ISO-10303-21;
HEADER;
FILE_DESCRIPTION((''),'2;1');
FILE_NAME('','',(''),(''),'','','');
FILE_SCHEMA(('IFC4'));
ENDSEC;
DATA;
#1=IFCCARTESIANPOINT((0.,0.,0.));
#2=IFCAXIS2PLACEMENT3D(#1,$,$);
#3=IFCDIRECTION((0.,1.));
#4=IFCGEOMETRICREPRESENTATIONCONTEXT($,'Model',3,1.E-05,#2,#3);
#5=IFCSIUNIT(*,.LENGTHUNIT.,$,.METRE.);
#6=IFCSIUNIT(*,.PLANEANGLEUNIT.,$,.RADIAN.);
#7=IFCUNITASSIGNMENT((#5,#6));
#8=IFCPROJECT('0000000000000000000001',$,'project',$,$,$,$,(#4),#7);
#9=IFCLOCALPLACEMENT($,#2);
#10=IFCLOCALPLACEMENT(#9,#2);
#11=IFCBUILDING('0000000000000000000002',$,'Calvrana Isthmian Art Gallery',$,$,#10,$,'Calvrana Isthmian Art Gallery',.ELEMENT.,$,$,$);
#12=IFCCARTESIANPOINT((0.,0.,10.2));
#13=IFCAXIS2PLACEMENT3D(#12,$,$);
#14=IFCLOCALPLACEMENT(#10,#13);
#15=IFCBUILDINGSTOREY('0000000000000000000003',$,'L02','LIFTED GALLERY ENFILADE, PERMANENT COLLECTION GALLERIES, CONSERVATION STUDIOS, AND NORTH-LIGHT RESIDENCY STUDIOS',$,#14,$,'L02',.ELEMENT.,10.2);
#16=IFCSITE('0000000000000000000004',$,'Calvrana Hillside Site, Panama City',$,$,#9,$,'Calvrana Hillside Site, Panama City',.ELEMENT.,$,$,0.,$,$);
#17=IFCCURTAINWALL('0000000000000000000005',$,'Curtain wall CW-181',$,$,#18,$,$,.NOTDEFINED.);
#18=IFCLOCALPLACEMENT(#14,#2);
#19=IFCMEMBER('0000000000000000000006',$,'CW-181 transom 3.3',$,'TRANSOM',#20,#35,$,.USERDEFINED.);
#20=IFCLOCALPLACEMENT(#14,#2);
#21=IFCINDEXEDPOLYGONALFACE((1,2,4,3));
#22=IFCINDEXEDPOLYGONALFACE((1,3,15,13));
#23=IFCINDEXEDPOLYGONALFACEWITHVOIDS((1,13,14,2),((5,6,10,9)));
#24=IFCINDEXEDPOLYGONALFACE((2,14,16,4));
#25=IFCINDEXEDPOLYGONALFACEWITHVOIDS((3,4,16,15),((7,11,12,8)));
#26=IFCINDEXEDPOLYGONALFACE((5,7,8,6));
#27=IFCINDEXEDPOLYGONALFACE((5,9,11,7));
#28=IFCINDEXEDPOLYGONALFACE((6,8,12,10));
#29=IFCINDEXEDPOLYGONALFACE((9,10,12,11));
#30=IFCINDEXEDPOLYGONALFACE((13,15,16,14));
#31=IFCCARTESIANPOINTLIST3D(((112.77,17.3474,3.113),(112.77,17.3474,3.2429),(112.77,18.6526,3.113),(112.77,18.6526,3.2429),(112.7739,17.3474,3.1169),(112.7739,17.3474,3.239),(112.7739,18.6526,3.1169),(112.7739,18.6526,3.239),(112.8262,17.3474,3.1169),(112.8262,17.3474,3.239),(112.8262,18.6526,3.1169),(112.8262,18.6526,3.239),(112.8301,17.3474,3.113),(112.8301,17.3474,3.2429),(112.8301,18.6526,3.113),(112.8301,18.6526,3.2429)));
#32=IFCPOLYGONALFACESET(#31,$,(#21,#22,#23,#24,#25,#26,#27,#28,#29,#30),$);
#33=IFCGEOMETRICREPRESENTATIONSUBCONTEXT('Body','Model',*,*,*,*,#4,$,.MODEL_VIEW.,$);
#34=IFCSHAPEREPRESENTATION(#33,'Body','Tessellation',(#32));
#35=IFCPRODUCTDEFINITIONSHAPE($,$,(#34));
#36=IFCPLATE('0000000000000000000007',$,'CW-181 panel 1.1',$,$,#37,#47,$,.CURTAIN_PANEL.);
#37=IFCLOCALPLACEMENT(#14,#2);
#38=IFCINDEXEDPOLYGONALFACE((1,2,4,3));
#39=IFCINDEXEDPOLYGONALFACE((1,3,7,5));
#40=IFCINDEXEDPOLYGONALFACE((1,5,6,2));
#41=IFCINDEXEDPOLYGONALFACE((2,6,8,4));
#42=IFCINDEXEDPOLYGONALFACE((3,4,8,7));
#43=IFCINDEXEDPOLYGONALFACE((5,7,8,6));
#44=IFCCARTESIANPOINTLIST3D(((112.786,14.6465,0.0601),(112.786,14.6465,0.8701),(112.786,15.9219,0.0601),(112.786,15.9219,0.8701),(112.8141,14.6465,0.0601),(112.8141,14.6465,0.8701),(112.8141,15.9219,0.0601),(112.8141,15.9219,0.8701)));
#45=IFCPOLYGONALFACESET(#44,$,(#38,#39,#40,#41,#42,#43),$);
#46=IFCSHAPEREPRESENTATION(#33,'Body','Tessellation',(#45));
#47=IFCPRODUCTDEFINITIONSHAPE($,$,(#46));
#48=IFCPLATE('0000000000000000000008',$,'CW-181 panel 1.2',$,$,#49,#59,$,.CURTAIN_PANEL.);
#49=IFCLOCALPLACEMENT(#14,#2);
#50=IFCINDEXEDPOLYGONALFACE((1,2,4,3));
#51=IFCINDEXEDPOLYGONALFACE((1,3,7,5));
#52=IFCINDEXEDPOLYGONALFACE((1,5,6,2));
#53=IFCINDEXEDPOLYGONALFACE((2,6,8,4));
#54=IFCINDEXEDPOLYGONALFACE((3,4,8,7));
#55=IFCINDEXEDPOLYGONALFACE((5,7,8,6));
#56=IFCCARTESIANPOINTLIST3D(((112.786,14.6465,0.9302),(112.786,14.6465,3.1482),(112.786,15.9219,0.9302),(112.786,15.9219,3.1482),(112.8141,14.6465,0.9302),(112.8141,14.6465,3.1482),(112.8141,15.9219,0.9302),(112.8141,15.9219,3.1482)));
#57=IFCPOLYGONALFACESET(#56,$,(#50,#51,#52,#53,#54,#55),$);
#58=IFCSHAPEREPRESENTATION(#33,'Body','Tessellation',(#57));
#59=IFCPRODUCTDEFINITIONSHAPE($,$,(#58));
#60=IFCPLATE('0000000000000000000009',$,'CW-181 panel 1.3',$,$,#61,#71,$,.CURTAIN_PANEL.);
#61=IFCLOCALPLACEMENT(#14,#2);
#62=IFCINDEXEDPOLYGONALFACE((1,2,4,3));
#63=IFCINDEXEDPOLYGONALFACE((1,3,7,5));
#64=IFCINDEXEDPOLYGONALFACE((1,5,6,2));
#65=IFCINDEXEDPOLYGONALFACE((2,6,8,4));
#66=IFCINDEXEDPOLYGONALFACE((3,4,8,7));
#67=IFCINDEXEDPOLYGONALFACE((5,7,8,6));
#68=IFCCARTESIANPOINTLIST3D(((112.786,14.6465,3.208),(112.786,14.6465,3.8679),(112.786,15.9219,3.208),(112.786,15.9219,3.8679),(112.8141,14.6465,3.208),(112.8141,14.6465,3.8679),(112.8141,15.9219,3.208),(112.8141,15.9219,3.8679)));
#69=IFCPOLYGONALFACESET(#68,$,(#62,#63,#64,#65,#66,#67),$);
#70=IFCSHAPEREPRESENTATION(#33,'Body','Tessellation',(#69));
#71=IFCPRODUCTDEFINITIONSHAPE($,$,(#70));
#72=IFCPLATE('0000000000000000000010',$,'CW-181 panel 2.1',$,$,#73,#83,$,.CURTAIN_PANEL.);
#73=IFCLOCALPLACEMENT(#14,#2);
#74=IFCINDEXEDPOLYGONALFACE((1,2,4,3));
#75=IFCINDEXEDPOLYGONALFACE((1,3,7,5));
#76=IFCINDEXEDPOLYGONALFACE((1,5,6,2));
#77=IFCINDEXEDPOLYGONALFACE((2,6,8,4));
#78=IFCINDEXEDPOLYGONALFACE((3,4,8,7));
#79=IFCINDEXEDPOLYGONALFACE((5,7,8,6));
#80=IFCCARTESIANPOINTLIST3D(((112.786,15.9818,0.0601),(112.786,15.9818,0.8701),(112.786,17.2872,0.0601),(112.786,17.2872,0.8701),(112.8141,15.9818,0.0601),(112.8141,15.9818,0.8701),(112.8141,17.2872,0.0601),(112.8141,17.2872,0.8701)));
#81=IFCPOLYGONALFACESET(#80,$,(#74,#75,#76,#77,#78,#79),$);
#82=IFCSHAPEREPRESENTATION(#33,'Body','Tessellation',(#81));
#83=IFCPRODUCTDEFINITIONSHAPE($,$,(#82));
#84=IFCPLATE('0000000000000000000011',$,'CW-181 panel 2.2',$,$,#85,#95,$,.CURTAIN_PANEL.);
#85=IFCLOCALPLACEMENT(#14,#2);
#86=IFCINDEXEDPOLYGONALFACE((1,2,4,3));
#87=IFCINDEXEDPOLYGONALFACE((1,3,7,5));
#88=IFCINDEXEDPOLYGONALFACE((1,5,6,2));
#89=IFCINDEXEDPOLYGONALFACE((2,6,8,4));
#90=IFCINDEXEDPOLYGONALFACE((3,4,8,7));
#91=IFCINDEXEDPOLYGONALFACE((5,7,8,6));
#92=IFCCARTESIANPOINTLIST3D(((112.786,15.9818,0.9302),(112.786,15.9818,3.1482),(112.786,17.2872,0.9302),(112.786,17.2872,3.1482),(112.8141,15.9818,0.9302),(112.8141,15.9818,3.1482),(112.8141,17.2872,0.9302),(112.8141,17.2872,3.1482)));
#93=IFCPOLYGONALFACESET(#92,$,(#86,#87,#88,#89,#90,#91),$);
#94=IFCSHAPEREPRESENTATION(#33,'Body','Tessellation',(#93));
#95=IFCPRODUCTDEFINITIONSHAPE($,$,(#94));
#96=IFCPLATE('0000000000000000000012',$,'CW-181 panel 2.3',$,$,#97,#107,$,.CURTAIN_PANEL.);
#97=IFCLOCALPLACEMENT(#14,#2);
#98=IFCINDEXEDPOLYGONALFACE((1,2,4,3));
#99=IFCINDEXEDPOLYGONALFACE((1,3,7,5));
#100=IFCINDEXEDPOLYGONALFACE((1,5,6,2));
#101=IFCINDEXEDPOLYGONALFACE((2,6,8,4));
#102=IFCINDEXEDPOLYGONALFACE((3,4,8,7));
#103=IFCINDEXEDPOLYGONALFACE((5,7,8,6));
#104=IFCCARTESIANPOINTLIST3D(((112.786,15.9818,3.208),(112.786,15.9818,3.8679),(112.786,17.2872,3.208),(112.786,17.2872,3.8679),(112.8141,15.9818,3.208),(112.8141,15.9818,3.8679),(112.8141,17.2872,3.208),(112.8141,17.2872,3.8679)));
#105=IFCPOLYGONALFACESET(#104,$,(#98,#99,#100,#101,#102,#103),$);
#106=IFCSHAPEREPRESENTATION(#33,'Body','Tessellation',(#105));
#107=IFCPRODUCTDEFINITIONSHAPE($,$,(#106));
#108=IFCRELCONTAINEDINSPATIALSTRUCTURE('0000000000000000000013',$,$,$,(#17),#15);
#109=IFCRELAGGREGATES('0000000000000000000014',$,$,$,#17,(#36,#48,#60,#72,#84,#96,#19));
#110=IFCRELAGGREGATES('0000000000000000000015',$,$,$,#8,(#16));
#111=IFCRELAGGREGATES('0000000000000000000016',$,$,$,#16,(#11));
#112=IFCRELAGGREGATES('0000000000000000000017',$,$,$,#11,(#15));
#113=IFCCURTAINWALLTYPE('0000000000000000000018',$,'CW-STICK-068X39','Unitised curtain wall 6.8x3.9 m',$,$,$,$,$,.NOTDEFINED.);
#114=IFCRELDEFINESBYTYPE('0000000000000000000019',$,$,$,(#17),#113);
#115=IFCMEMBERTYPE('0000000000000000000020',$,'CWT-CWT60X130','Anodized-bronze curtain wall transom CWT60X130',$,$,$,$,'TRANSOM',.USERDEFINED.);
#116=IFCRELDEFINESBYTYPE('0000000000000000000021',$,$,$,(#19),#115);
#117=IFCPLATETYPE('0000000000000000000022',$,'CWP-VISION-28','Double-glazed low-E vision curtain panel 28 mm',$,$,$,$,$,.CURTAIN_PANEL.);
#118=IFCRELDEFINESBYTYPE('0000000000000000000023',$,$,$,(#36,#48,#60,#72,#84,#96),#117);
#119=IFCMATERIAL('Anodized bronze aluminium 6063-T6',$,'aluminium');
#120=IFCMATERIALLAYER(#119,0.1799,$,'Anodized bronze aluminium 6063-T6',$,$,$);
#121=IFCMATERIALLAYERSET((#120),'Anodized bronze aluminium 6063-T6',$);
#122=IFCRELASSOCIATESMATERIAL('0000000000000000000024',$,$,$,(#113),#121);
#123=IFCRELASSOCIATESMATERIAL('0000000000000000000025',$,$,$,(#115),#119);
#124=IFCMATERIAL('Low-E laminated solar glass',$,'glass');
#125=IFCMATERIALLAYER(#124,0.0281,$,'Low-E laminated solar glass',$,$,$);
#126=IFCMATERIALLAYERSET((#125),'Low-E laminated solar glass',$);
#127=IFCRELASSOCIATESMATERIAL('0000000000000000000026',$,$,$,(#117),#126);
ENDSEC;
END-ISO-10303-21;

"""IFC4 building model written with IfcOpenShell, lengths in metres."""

from ifc_helpers import new_model, si_unit, direction, frame, origin, origin_2d, place, context, subcontext, project, spatial, rectangle, hollow_rectangle, extrude, material, layer, layer_set, material_profile, profile_set, type_object, element, aggregate, save


model = new_model("IFC4")

# Units and contexts
model_context = context("Model", 3, precision=1e-05, world=origin(), true_north=direction((0.0, 1.0)))
body_context = subcontext(model_context, "Body", "Model", "MODEL_VIEW")
ifc_project = project(units=[si_unit("LENGTHUNIT", "METRE"), si_unit("PLANEANGLEUNIT", "RADIAN")], contexts=[model_context])

# Site, building, storey
site_placement = place(None, origin())
site = spatial("IfcSite", under=ifc_project, at=site_placement, Name="Calvrana Hillside Site, Panama City", LongName="Calvrana Hillside Site, Panama City", CompositionType="ELEMENT", RefElevation=0.0)
building_placement = place(site_placement, origin())
building = spatial("IfcBuilding", under=site, at=building_placement, Name="Calvrana Isthmian Art Gallery", LongName="Calvrana Isthmian Art Gallery", CompositionType="ELEMENT")
storey_placement = place(building_placement, frame((0.0, 0.0, 10.2)))
storey = spatial("IfcBuildingStorey", under=building, at=storey_placement, Name="L02", Description="LIFTED GALLERY ENFILADE, PERMANENT COLLECTION GALLERIES, CONSERVATION STUDIOS, AND NORTH-LIGHT RESIDENCY STUDIOS", LongName="L02", CompositionType="ELEMENT", Elevation=10.2)

# Curtain wall, member, plates
ifc_material_1 = material(Name="Anodized bronze aluminium 6063-T6", Category="aluminium")
ifc_layer_1 = layer(ifc_material_1, 0.1799, Name="Anodized bronze aluminium 6063-T6")
ifc_layer_set_1 = layer_set([ifc_layer_1], Name="Anodized bronze aluminium 6063-T6")
curtain_wall_type = type_object("IfcCurtainWallType", Name="CW-STICK-068X39", Description="Unitised curtain wall 6.8x3.9 m", PredefinedType="NOTDEFINED", material=ifc_layer_set_1)
curtain_wall_placement = place(storey_placement, origin())
curtain_wall = element("IfcCurtainWall", 1, at=curtain_wall_placement, inside=storey, type_object=curtain_wall_type, Name="Curtain wall CW-181", PredefinedType="NOTDEFINED")
ifc_material_profile_1 = material_profile(ifc_material_1, hollow_rectangle(XDim=0.0601, YDim=0.1299, WallThickness=0.0039, at=origin_2d()), Name="CWT60X130")
ifc_profile_set_1 = profile_set([ifc_material_profile_1], Name="Anodized bronze aluminium 6063-T6")
member_type_1 = type_object("IfcMemberType", Name="CWT-CWT60X130", Description="Anodized-bronze curtain wall transom CWT60X130", ElementType="TRANSOM", PredefinedType="USERDEFINED", material=ifc_profile_set_1)
member_1_placement = place(storey_placement, frame((112.8, 17.3474, 3.178), z_axis=(0.0, 1.0, 0.0), x_axis=(-1.0, 0.0, 0.0)))
member_1 = element("IfcMember", 2, at=member_1_placement, type_object=member_type_1, Name="CW-181 transom 3.3", ObjectType="TRANSOM", PredefinedType="USERDEFINED", context=body_context, shape_type="SweptSolid", body=[
    extrude(hollow_rectangle(XDim=0.0601, YDim=0.1299, WallThickness=0.0039, at=origin_2d()), origin(), (0.0, 0.0, 1.0), 1.3052),
])
ifc_material_2 = material(Name="Low-E laminated solar glass", Category="glass")
ifc_layer_2 = layer(ifc_material_2, 0.0281, Name="Low-E laminated solar glass")
ifc_layer_set_2 = layer_set([ifc_layer_2], Name="Low-E laminated solar glass")
plate_type = type_object("IfcPlateType", Name="CWP-VISION-28", Description="Double-glazed low-E vision curtain panel 28 mm", PredefinedType="CURTAIN_PANEL", material=ifc_layer_set_2)
plate_1_placement = place(storey_placement, frame((112.8, 15.2842, 0.0601), z_axis=(0.0, 0.0, 1.0), x_axis=(0.0, 1.0, 0.0)))
plate_1 = element("IfcPlate", 3, at=plate_1_placement, type_object=plate_type, Name="CW-181 panel 1.1", PredefinedType="CURTAIN_PANEL", context=body_context, shape_type="SweptSolid", body=[
    extrude(rectangle(XDim=1.2754, YDim=0.0281, at=origin_2d()), origin(), (0.0, 0.0, 1.0), 0.8101),
])
plate_2_placement = place(storey_placement, frame((112.8, 15.2842, 0.9302), z_axis=(0.0, 0.0, 1.0), x_axis=(0.0, 1.0, 0.0)))
plate_2 = element("IfcPlate", 4, at=plate_2_placement, type_object=plate_type, Name="CW-181 panel 1.2", PredefinedType="CURTAIN_PANEL", context=body_context, shape_type="SweptSolid", body=[
    extrude(rectangle(XDim=1.2754, YDim=0.0281, at=origin_2d()), origin(), (0.0, 0.0, 1.0), 2.218),
])
plate_3_placement = place(storey_placement, frame((112.8, 15.2842, 3.208), z_axis=(0.0, 0.0, 1.0), x_axis=(0.0, 1.0, 0.0)))
plate_3 = element("IfcPlate", 5, at=plate_3_placement, type_object=plate_type, Name="CW-181 panel 1.3", PredefinedType="CURTAIN_PANEL", context=body_context, shape_type="SweptSolid", body=[
    extrude(rectangle(XDim=1.2754, YDim=0.0281, at=origin_2d()), origin(), (0.0, 0.0, 1.0), 0.6599),
])
plate_4_placement = place(storey_placement, frame((112.8, 16.6345, 0.0601), z_axis=(0.0, 0.0, 1.0), x_axis=(0.0, 1.0, 0.0)))
plate_4 = element("IfcPlate", 6, at=plate_4_placement, type_object=plate_type, Name="CW-181 panel 2.1", PredefinedType="CURTAIN_PANEL", context=body_context, shape_type="SweptSolid", body=[
    extrude(rectangle(XDim=1.3054, YDim=0.0281, at=origin_2d()), origin(), (0.0, 0.0, 1.0), 0.8101),
])
plate_5_placement = place(storey_placement, frame((112.8, 16.6345, 0.9302), z_axis=(0.0, 0.0, 1.0), x_axis=(0.0, 1.0, 0.0)))
plate_5 = element("IfcPlate", 7, at=plate_5_placement, type_object=plate_type, Name="CW-181 panel 2.2", PredefinedType="CURTAIN_PANEL", context=body_context, shape_type="SweptSolid", body=[
    extrude(rectangle(XDim=1.3054, YDim=0.0281, at=origin_2d()), origin(), (0.0, 0.0, 1.0), 2.218),
])
plate_6_placement = place(storey_placement, frame((112.8, 16.6345, 3.208), z_axis=(0.0, 0.0, 1.0), x_axis=(0.0, 1.0, 0.0)))
plate_6 = element("IfcPlate", 8, at=plate_6_placement, type_object=plate_type, Name="CW-181 panel 2.3", PredefinedType="CURTAIN_PANEL", context=body_context, shape_type="SweptSolid", body=[
    extrude(rectangle(XDim=1.3054, YDim=0.0281, at=origin_2d()), origin(), (0.0, 0.0, 1.0), 0.6599),
])
aggregate(curtain_wall, [plate_1, plate_2, plate_3, plate_4, plate_5, plate_6, member_1])

save(model, "model.ifc")
